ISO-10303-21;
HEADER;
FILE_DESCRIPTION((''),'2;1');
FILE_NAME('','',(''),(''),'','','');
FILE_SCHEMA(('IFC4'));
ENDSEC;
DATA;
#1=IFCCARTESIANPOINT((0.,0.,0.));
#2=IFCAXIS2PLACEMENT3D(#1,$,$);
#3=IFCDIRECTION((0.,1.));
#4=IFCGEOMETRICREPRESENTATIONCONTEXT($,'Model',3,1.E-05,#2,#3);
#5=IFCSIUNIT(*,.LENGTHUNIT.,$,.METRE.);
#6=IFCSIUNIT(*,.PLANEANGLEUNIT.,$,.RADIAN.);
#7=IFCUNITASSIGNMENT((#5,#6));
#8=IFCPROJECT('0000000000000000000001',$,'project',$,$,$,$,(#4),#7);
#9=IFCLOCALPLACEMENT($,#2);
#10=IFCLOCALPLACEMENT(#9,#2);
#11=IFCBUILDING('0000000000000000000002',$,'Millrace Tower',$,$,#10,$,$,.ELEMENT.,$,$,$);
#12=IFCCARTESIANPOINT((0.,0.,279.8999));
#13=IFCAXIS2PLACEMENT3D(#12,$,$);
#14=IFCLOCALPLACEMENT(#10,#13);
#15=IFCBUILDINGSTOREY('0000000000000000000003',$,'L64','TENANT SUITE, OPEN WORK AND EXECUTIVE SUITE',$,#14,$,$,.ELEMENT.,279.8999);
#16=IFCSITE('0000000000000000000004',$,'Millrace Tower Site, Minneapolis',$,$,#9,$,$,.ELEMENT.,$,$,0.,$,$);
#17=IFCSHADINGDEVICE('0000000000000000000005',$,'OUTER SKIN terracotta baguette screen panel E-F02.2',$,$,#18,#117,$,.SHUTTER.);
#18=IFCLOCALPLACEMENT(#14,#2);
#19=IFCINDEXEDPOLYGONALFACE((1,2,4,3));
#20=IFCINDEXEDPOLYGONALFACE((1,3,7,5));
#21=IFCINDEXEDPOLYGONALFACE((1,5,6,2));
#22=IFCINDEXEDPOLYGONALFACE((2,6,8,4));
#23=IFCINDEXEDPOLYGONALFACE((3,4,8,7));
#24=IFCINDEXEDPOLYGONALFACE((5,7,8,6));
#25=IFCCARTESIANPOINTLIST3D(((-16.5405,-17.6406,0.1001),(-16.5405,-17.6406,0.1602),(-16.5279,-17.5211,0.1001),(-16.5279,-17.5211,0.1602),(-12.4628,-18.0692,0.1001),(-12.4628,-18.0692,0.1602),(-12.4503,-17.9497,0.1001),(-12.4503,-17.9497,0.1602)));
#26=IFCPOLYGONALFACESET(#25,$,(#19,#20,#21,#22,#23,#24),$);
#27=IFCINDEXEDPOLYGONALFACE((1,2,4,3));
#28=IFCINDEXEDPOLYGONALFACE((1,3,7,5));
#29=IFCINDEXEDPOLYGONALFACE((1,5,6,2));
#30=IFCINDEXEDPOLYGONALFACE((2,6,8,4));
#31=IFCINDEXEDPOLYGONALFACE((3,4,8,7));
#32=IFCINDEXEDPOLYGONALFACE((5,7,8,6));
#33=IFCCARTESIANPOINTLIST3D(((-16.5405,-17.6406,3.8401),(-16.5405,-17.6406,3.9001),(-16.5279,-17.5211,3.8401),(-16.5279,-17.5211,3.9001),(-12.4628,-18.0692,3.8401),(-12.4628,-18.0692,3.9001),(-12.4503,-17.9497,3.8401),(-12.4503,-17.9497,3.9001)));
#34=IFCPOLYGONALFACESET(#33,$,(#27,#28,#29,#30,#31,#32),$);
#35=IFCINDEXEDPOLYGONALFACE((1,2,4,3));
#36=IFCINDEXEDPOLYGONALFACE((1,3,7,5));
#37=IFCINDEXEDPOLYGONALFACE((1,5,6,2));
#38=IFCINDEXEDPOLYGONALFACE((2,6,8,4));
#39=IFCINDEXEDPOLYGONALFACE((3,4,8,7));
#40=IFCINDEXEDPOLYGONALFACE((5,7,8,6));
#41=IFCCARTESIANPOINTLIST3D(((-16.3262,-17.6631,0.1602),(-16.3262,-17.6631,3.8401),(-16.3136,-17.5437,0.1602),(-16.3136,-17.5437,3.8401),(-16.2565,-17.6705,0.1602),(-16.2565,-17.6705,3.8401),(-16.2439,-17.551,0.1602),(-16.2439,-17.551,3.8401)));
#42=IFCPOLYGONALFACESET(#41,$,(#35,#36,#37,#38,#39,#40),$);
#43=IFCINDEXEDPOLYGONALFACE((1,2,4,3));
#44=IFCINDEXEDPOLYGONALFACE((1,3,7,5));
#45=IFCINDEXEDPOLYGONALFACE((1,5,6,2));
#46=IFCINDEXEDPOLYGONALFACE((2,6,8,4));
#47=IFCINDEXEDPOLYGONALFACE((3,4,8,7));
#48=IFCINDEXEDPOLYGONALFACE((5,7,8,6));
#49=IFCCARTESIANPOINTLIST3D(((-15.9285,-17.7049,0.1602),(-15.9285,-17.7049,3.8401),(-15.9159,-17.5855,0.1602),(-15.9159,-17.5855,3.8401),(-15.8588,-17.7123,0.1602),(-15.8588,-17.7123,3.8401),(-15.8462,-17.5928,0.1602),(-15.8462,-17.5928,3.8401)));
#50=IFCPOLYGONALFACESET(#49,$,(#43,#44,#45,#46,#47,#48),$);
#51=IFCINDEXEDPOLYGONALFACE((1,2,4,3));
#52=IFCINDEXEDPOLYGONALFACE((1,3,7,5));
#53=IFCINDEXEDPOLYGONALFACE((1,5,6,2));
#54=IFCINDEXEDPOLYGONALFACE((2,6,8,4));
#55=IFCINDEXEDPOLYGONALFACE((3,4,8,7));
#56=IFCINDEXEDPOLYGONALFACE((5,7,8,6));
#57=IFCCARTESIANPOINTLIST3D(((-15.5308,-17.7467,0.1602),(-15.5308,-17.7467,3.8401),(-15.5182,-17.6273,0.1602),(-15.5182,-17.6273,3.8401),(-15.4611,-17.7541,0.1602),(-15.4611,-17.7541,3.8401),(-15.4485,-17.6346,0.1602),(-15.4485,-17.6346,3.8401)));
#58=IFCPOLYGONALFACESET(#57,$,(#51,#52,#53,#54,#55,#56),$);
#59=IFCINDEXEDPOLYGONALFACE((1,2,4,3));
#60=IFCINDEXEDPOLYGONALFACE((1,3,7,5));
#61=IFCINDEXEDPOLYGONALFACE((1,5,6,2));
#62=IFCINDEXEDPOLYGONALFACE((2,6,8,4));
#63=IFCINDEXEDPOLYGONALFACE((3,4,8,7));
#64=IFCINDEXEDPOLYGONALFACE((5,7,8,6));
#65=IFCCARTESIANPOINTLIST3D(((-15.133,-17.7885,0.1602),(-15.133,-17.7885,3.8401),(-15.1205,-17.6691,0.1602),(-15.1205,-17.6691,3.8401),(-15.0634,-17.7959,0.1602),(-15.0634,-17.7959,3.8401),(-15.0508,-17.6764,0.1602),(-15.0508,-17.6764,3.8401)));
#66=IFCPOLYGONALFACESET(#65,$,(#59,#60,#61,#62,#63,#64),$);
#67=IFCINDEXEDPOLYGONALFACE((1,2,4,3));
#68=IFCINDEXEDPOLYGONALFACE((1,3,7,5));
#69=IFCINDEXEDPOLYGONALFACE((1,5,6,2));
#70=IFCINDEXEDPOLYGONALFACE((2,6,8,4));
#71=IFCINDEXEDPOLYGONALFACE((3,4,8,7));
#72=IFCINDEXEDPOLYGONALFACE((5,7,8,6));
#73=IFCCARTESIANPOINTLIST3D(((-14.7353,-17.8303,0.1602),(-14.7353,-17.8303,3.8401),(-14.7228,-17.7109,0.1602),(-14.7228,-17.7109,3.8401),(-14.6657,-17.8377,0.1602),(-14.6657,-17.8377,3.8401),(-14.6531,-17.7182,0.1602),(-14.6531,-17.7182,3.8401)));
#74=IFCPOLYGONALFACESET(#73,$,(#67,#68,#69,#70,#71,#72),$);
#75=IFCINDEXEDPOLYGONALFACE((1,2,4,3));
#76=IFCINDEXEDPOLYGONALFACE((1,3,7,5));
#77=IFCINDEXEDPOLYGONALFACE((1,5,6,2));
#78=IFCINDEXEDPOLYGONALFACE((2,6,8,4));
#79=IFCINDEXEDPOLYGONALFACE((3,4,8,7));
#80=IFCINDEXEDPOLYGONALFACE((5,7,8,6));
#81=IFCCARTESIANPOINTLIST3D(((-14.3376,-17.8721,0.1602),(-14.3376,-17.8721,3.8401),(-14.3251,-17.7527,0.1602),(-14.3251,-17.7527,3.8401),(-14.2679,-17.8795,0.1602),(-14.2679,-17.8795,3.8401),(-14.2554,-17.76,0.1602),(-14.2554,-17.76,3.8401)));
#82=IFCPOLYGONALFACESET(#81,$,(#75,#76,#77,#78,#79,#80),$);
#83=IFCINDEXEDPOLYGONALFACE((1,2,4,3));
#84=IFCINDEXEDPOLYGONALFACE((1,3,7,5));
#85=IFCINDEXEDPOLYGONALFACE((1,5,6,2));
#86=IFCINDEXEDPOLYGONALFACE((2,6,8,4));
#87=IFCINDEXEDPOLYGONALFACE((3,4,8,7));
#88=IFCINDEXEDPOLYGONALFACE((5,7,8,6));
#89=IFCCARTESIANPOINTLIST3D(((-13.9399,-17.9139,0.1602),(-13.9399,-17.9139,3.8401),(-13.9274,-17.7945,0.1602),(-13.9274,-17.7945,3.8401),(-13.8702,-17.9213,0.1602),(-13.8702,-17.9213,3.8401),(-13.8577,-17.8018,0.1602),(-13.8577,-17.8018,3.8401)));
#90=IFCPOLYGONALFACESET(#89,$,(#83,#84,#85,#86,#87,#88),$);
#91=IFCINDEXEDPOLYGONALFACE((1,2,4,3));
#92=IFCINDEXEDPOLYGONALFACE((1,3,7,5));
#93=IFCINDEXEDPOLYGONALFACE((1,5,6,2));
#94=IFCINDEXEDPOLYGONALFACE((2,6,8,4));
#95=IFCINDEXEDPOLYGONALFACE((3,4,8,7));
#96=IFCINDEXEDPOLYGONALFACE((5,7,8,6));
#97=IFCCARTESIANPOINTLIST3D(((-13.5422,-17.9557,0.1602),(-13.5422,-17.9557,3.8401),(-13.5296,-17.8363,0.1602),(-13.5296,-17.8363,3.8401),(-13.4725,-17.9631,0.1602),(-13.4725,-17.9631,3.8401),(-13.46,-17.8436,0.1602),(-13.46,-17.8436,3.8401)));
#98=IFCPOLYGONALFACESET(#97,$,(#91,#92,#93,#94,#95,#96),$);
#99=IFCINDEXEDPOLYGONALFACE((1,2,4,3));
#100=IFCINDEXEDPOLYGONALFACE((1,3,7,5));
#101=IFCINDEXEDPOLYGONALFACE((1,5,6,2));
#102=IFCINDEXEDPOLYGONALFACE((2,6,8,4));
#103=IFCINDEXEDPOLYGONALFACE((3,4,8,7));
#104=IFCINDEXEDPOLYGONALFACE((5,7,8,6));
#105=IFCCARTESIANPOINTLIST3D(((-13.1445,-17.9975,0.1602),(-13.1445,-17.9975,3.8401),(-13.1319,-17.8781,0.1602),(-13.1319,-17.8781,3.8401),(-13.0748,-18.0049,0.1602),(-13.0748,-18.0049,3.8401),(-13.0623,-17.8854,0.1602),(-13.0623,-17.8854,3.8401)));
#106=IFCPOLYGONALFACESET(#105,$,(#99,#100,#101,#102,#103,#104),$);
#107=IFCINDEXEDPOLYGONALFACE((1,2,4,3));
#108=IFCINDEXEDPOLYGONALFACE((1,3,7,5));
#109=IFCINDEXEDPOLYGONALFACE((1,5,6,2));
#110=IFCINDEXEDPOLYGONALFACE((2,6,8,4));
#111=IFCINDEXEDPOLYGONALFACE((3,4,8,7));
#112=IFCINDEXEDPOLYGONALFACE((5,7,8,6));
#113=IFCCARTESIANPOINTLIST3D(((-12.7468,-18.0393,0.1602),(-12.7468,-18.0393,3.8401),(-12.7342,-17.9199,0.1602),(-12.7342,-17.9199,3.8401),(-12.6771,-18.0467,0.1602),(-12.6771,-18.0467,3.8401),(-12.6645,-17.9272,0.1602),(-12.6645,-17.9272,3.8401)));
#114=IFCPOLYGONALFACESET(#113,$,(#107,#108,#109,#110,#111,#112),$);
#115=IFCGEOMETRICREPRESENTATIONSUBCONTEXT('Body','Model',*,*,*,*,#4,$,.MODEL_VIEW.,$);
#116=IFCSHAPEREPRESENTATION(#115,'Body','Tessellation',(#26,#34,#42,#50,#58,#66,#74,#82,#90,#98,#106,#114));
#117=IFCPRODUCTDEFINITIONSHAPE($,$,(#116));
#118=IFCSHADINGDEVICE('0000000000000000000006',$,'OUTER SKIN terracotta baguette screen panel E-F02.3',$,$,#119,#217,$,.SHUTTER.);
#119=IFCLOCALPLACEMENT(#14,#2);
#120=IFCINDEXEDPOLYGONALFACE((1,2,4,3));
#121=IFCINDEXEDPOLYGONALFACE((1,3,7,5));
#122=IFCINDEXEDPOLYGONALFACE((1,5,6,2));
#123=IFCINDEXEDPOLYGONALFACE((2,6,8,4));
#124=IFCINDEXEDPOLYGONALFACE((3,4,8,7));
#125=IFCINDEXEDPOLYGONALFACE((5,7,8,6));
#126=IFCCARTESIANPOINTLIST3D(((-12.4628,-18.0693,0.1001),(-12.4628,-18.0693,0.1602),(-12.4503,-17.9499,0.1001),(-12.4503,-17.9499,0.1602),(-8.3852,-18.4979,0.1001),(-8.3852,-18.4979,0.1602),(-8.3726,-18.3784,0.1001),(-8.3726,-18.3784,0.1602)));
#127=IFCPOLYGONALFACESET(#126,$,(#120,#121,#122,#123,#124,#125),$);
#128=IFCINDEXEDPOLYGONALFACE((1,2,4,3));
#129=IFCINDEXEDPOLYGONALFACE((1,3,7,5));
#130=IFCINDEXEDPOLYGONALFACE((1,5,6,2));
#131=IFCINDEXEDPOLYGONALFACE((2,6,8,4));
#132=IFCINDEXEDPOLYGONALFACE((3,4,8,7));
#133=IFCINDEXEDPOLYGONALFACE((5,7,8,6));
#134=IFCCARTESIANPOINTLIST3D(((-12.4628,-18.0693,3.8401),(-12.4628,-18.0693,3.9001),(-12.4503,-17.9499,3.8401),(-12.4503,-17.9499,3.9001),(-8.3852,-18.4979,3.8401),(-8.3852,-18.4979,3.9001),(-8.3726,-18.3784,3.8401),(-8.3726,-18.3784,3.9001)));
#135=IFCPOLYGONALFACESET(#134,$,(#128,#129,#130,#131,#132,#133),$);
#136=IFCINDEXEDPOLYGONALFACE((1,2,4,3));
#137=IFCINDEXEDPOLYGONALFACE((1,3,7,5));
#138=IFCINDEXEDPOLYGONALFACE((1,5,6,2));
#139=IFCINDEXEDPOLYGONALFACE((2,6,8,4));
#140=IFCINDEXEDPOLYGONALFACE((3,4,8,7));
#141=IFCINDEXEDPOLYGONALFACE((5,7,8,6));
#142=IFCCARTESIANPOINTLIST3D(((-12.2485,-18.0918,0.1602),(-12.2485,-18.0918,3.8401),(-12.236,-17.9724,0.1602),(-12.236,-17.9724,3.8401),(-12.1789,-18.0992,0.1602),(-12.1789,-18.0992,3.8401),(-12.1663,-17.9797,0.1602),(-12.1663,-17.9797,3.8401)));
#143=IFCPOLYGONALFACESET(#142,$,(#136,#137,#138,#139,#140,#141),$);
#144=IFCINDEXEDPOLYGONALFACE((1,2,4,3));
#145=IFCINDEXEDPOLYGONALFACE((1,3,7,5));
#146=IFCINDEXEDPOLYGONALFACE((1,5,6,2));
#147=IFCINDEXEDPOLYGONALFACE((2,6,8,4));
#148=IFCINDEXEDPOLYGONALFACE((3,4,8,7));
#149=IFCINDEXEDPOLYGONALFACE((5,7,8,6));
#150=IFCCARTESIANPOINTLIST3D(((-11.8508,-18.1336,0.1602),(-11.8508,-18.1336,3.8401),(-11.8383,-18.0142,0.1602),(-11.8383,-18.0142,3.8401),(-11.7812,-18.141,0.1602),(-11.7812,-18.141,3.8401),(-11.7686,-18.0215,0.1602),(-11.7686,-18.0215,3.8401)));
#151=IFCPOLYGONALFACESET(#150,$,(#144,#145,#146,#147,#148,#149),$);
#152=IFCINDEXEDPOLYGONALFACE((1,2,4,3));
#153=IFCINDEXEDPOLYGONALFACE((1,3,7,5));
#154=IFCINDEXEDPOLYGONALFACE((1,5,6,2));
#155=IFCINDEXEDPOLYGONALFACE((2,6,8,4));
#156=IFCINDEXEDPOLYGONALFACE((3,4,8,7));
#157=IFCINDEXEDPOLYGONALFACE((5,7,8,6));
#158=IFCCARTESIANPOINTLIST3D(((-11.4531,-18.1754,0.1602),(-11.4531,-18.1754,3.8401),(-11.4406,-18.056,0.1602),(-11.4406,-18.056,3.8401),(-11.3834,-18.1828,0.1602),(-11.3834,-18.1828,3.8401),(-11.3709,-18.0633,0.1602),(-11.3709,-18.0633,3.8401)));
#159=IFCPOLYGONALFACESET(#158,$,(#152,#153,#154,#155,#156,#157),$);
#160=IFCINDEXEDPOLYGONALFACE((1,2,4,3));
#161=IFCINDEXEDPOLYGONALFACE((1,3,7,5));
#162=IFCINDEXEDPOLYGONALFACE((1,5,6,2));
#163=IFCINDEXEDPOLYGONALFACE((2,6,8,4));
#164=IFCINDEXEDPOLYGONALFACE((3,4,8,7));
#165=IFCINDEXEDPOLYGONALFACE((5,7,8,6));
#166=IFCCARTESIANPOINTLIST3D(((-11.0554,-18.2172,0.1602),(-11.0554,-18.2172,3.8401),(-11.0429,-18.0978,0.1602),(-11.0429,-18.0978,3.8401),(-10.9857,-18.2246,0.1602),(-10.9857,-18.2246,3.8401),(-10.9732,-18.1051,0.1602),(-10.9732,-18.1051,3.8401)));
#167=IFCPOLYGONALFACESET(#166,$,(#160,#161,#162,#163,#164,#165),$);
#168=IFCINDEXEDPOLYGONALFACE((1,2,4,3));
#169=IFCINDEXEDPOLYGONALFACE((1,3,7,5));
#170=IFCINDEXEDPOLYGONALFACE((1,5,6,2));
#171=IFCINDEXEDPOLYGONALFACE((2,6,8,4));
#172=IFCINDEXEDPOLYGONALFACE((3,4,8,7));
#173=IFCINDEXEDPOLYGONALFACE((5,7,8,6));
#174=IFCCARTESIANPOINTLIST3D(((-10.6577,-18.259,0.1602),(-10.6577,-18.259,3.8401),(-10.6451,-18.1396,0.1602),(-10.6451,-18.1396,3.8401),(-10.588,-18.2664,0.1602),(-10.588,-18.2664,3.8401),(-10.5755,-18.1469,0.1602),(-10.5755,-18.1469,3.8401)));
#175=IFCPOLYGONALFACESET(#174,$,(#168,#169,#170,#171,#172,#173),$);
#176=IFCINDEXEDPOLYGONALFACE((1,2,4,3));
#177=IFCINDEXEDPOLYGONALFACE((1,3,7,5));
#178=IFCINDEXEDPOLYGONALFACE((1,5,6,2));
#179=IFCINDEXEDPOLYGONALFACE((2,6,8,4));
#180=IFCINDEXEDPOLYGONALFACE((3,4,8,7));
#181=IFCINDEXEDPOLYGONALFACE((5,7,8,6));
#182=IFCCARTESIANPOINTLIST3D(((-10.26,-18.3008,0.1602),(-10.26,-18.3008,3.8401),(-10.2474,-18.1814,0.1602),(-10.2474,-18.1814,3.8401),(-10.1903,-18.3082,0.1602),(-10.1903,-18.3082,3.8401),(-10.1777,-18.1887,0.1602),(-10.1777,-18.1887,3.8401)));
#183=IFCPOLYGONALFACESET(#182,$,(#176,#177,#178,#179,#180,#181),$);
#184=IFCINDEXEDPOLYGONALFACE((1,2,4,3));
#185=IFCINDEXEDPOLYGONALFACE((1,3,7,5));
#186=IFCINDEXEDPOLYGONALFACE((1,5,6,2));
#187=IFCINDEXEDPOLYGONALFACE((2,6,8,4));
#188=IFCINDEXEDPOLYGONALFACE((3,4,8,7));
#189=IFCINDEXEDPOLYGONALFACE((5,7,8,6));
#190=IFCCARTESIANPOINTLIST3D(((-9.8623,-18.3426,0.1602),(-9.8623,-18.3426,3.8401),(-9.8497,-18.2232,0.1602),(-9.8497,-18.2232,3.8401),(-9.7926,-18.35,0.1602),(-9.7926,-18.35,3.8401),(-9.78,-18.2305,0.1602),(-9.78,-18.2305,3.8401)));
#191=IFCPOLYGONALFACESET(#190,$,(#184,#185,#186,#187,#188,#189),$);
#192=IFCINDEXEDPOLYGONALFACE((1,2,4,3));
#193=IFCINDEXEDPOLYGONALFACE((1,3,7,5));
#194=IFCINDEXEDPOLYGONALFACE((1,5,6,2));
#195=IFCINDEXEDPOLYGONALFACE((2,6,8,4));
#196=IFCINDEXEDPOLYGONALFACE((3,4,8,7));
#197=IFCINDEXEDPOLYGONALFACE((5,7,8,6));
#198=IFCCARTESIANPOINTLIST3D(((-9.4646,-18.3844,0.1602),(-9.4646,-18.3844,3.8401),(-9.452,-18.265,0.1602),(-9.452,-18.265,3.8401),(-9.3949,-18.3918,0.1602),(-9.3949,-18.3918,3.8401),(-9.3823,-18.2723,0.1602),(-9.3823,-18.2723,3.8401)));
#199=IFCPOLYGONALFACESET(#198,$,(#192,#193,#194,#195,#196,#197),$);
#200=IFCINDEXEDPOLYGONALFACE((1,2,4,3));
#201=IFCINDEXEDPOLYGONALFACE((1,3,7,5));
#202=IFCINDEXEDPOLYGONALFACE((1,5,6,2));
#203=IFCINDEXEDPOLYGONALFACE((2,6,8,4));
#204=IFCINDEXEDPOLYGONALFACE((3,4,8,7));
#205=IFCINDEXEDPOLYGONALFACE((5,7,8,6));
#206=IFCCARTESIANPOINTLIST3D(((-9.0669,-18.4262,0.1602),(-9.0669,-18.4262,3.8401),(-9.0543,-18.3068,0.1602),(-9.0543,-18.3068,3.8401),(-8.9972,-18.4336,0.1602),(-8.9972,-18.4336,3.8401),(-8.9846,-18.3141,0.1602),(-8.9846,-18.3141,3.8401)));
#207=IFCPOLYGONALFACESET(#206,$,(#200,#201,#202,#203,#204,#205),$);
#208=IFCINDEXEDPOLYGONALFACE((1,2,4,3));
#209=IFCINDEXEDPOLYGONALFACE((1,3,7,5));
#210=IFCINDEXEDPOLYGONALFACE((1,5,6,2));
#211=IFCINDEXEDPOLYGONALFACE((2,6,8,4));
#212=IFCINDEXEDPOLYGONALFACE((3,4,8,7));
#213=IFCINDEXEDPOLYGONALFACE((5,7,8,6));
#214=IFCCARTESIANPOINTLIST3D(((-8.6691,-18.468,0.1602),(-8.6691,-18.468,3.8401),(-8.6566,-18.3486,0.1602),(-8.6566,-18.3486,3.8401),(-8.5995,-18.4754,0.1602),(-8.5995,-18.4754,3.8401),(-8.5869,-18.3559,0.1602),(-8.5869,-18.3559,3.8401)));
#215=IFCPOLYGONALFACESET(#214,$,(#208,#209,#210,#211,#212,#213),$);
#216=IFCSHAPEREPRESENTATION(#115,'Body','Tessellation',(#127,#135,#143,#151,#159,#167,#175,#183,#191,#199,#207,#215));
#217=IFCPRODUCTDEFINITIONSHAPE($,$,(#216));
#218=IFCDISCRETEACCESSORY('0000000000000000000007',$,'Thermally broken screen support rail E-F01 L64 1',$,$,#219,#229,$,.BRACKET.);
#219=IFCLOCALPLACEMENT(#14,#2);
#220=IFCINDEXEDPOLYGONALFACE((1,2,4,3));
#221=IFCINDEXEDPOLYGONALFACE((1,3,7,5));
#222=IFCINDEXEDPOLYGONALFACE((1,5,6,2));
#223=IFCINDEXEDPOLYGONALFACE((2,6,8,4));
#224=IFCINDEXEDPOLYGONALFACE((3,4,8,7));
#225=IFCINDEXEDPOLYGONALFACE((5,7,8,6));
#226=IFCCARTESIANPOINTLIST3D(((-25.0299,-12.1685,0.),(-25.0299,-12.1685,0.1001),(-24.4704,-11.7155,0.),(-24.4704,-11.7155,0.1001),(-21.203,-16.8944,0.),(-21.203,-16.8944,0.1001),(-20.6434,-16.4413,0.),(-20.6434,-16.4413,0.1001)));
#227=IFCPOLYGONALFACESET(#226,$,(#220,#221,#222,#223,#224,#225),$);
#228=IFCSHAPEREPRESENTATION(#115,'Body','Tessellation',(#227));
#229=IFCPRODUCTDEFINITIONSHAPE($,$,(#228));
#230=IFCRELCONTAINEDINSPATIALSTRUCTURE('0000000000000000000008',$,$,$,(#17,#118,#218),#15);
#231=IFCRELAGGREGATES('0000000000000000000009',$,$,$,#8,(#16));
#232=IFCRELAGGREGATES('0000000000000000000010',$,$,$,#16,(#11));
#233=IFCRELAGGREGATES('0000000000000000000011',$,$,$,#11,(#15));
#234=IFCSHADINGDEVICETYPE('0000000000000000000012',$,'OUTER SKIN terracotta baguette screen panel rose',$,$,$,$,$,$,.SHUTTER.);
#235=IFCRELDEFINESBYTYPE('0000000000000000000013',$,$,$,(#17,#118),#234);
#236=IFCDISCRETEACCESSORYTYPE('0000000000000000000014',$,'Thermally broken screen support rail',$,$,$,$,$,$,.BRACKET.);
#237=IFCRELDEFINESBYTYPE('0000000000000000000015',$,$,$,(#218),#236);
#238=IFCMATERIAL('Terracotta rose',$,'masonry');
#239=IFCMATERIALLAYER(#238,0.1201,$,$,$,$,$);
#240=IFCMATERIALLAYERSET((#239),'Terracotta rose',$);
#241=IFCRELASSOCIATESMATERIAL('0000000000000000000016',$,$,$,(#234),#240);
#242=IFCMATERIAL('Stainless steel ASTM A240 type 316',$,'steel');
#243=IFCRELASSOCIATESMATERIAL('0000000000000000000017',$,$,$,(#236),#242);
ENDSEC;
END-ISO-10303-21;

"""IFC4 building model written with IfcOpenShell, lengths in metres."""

from ifc_helpers import new_model, entity, si_unit, direction, frame, frame_2d, origin, origin_2d, place, context, subcontext, project, spatial, rectangle, extrude, source, transform, mapped, material, layer, layer_set, type_object, element, save


model = new_model("IFC4")

# Units and contexts
model_context = context("Model", 3, precision=1e-05, world=origin(), true_north=direction((0.0, 1.0)))
body_context = subcontext(model_context, "Body", "Model", "MODEL_VIEW")
ifc_project = project(units=[si_unit("LENGTHUNIT", "METRE"), si_unit("PLANEANGLEUNIT", "RADIAN")], contexts=[model_context])

# Site, building, storey
site_placement = place(None, origin())
site = spatial("IfcSite", under=ifc_project, at=site_placement, Name="Millrace Tower Site, Minneapolis", CompositionType="ELEMENT", RefElevation=0.0)
building_placement = place(site_placement, origin())
building = spatial("IfcBuilding", under=site, at=building_placement, Name="Millrace Tower", CompositionType="ELEMENT")
storey_placement = place(building_placement, frame((0.0, 0.0, 279.8999)))
storey = spatial("IfcBuildingStorey", under=building, at=storey_placement, Name="L64", Description="TENANT SUITE, OPEN WORK AND EXECUTIVE SUITE", CompositionType="ELEMENT", Elevation=279.8999)

# Shading devices
ifc_material_1 = material(Name="Terracotta rose", Category="masonry")
ifc_layer_1 = layer(ifc_material_1, 0.1201)
ifc_layer_set_1 = layer_set([ifc_layer_1], Name="Terracotta rose")
shading_device_type = type_object("IfcShadingDeviceType", Name="OUTER SKIN terracotta baguette screen panel rose", PredefinedType="SHUTTER", material=ifc_layer_set_1)
cartesian_point_1 = entity("IfcCartesianPoint", [-2.05, 0.0601])
shared_polyline_1 = entity("IfcPolyline", [cartesian_point_1, entity("IfcCartesianPoint", [2.05, 0.0601]), entity("IfcCartesianPoint", [2.05, -0.0601]), entity("IfcCartesianPoint", [-2.05, -0.0601]), cartesian_point_1])
shared_shape_1 = source(origin(), body_context, "Body", "SweptSolid", [
    entity("IfcExtrudedAreaSolid", entity("IfcArbitraryClosedProfileDef", "AREA", None, shared_polyline_1), entity("IfcAxis2Placement3D", entity("IfcCartesianPoint", [0.0, 0.0, 0.0])), entity("IfcDirection", [0.0, 0.0, 1.0]), 0.0601),
    entity("IfcExtrudedAreaSolid", entity("IfcArbitraryClosedProfileDef", "AREA", None, shared_polyline_1), entity("IfcAxis2Placement3D", entity("IfcCartesianPoint", [0.0, 0.0, 3.74])), entity("IfcDirection", [0.0, 0.0, 1.0]), 0.0601),
    extrude(rectangle(XDim=0.0701, YDim=0.1201, at=frame_2d((-1.7996, 0.0))), frame((0.0, 0.0, 0.0601)), (0.0, 0.0, 1.0), 3.6799),
    extrude(rectangle(XDim=0.0701, YDim=0.1201, at=frame_2d((-1.3997, 0.0))), frame((0.0, 0.0, 0.0601)), (0.0, 0.0, 1.0), 3.6799),
    extrude(rectangle(XDim=0.0701, YDim=0.1201, at=frame_2d((-0.9998, 0.0))), frame((0.0, 0.0, 0.0601)), (0.0, 0.0, 1.0), 3.6799),
    extrude(rectangle(XDim=0.0701, YDim=0.1201, at=frame_2d((-0.5999, 0.0))), frame((0.0, 0.0, 0.0601)), (0.0, 0.0, 1.0), 3.6799),
    extrude(rectangle(XDim=0.0701, YDim=0.1201, at=frame_2d((-0.2, 0.0))), frame((0.0, 0.0, 0.0601)), (0.0, 0.0, 1.0), 3.6799),
    extrude(rectangle(XDim=0.0701, YDim=0.1201, at=frame_2d((0.2, 0.0))), frame((0.0, 0.0, 0.0601)), (0.0, 0.0, 1.0), 3.6799),
    extrude(rectangle(XDim=0.0701, YDim=0.1201, at=frame_2d((0.5999, 0.0))), frame((0.0, 0.0, 0.0601)), (0.0, 0.0, 1.0), 3.6799),
    extrude(rectangle(XDim=0.0701, YDim=0.1201, at=frame_2d((0.9998, 0.0))), frame((0.0, 0.0, 0.0601)), (0.0, 0.0, 1.0), 3.6799),
    extrude(rectangle(XDim=0.0701, YDim=0.1201, at=frame_2d((1.3997, 0.0))), frame((0.0, 0.0, 0.0601)), (0.0, 0.0, 1.0), 3.6799),
    extrude(rectangle(XDim=0.0701, YDim=0.1201, at=frame_2d((1.7996, 0.0))), frame((0.0, 0.0, 0.0601)), (0.0, 0.0, 1.0), 3.6799),
])
for number, where, z_axis, x_axis, name in (
    (1, (-14.4954, -17.7952, 0.1001), (0.0, 0.0, 1.0), (0.994522, -0.104528, 0.0), "OUTER SKIN terracotta baguette screen panel E-F02.2"),
    (2, (-10.4177, -18.2239, 0.1001), (0.0, 0.0, 1.0), (0.994522, -0.104528, 0.0), "OUTER SKIN terracotta baguette screen panel E-F02.3"),
):
    element("IfcShadingDevice", number, at=place(storey_placement, frame(where, z_axis=z_axis, x_axis=x_axis)), inside=storey, type_object=shading_device_type, Name=name, PredefinedType="SHUTTER", context=body_context, shape_type="MappedRepresentation", body=[
        mapped(shared_shape_1, transform((0.0, 0.0, 0.0), scale=1.0)),
    ])

# Discrete accessory
ifc_material_2 = material(Name="Stainless steel ASTM A240 type 316", Category="steel")
discrete_accessory_type = type_object("IfcDiscreteAccessoryType", Name="Thermally broken screen support rail", PredefinedType="BRACKET", material=ifc_material_2)
discrete_accessory_placement = place(storey_placement, frame((-22.8367, -14.3049, 0.0), z_axis=(0.0, 0.0, 1.0), x_axis=(0.62932, -0.777146, 0.0)))
element("IfcDiscreteAccessory", 3, at=discrete_accessory_placement, inside=storey, type_object=discrete_accessory_type, Name="Thermally broken screen support rail E-F01 L64 1", PredefinedType="BRACKET", context=body_context, shape_type="SweptSolid", body=[
    extrude(rectangle(XDim=6.0811, YDim=0.72, at=origin_2d()), origin(), (0.0, 0.0, 1.0), 0.1001),
])

save(model, "model.ifc")
